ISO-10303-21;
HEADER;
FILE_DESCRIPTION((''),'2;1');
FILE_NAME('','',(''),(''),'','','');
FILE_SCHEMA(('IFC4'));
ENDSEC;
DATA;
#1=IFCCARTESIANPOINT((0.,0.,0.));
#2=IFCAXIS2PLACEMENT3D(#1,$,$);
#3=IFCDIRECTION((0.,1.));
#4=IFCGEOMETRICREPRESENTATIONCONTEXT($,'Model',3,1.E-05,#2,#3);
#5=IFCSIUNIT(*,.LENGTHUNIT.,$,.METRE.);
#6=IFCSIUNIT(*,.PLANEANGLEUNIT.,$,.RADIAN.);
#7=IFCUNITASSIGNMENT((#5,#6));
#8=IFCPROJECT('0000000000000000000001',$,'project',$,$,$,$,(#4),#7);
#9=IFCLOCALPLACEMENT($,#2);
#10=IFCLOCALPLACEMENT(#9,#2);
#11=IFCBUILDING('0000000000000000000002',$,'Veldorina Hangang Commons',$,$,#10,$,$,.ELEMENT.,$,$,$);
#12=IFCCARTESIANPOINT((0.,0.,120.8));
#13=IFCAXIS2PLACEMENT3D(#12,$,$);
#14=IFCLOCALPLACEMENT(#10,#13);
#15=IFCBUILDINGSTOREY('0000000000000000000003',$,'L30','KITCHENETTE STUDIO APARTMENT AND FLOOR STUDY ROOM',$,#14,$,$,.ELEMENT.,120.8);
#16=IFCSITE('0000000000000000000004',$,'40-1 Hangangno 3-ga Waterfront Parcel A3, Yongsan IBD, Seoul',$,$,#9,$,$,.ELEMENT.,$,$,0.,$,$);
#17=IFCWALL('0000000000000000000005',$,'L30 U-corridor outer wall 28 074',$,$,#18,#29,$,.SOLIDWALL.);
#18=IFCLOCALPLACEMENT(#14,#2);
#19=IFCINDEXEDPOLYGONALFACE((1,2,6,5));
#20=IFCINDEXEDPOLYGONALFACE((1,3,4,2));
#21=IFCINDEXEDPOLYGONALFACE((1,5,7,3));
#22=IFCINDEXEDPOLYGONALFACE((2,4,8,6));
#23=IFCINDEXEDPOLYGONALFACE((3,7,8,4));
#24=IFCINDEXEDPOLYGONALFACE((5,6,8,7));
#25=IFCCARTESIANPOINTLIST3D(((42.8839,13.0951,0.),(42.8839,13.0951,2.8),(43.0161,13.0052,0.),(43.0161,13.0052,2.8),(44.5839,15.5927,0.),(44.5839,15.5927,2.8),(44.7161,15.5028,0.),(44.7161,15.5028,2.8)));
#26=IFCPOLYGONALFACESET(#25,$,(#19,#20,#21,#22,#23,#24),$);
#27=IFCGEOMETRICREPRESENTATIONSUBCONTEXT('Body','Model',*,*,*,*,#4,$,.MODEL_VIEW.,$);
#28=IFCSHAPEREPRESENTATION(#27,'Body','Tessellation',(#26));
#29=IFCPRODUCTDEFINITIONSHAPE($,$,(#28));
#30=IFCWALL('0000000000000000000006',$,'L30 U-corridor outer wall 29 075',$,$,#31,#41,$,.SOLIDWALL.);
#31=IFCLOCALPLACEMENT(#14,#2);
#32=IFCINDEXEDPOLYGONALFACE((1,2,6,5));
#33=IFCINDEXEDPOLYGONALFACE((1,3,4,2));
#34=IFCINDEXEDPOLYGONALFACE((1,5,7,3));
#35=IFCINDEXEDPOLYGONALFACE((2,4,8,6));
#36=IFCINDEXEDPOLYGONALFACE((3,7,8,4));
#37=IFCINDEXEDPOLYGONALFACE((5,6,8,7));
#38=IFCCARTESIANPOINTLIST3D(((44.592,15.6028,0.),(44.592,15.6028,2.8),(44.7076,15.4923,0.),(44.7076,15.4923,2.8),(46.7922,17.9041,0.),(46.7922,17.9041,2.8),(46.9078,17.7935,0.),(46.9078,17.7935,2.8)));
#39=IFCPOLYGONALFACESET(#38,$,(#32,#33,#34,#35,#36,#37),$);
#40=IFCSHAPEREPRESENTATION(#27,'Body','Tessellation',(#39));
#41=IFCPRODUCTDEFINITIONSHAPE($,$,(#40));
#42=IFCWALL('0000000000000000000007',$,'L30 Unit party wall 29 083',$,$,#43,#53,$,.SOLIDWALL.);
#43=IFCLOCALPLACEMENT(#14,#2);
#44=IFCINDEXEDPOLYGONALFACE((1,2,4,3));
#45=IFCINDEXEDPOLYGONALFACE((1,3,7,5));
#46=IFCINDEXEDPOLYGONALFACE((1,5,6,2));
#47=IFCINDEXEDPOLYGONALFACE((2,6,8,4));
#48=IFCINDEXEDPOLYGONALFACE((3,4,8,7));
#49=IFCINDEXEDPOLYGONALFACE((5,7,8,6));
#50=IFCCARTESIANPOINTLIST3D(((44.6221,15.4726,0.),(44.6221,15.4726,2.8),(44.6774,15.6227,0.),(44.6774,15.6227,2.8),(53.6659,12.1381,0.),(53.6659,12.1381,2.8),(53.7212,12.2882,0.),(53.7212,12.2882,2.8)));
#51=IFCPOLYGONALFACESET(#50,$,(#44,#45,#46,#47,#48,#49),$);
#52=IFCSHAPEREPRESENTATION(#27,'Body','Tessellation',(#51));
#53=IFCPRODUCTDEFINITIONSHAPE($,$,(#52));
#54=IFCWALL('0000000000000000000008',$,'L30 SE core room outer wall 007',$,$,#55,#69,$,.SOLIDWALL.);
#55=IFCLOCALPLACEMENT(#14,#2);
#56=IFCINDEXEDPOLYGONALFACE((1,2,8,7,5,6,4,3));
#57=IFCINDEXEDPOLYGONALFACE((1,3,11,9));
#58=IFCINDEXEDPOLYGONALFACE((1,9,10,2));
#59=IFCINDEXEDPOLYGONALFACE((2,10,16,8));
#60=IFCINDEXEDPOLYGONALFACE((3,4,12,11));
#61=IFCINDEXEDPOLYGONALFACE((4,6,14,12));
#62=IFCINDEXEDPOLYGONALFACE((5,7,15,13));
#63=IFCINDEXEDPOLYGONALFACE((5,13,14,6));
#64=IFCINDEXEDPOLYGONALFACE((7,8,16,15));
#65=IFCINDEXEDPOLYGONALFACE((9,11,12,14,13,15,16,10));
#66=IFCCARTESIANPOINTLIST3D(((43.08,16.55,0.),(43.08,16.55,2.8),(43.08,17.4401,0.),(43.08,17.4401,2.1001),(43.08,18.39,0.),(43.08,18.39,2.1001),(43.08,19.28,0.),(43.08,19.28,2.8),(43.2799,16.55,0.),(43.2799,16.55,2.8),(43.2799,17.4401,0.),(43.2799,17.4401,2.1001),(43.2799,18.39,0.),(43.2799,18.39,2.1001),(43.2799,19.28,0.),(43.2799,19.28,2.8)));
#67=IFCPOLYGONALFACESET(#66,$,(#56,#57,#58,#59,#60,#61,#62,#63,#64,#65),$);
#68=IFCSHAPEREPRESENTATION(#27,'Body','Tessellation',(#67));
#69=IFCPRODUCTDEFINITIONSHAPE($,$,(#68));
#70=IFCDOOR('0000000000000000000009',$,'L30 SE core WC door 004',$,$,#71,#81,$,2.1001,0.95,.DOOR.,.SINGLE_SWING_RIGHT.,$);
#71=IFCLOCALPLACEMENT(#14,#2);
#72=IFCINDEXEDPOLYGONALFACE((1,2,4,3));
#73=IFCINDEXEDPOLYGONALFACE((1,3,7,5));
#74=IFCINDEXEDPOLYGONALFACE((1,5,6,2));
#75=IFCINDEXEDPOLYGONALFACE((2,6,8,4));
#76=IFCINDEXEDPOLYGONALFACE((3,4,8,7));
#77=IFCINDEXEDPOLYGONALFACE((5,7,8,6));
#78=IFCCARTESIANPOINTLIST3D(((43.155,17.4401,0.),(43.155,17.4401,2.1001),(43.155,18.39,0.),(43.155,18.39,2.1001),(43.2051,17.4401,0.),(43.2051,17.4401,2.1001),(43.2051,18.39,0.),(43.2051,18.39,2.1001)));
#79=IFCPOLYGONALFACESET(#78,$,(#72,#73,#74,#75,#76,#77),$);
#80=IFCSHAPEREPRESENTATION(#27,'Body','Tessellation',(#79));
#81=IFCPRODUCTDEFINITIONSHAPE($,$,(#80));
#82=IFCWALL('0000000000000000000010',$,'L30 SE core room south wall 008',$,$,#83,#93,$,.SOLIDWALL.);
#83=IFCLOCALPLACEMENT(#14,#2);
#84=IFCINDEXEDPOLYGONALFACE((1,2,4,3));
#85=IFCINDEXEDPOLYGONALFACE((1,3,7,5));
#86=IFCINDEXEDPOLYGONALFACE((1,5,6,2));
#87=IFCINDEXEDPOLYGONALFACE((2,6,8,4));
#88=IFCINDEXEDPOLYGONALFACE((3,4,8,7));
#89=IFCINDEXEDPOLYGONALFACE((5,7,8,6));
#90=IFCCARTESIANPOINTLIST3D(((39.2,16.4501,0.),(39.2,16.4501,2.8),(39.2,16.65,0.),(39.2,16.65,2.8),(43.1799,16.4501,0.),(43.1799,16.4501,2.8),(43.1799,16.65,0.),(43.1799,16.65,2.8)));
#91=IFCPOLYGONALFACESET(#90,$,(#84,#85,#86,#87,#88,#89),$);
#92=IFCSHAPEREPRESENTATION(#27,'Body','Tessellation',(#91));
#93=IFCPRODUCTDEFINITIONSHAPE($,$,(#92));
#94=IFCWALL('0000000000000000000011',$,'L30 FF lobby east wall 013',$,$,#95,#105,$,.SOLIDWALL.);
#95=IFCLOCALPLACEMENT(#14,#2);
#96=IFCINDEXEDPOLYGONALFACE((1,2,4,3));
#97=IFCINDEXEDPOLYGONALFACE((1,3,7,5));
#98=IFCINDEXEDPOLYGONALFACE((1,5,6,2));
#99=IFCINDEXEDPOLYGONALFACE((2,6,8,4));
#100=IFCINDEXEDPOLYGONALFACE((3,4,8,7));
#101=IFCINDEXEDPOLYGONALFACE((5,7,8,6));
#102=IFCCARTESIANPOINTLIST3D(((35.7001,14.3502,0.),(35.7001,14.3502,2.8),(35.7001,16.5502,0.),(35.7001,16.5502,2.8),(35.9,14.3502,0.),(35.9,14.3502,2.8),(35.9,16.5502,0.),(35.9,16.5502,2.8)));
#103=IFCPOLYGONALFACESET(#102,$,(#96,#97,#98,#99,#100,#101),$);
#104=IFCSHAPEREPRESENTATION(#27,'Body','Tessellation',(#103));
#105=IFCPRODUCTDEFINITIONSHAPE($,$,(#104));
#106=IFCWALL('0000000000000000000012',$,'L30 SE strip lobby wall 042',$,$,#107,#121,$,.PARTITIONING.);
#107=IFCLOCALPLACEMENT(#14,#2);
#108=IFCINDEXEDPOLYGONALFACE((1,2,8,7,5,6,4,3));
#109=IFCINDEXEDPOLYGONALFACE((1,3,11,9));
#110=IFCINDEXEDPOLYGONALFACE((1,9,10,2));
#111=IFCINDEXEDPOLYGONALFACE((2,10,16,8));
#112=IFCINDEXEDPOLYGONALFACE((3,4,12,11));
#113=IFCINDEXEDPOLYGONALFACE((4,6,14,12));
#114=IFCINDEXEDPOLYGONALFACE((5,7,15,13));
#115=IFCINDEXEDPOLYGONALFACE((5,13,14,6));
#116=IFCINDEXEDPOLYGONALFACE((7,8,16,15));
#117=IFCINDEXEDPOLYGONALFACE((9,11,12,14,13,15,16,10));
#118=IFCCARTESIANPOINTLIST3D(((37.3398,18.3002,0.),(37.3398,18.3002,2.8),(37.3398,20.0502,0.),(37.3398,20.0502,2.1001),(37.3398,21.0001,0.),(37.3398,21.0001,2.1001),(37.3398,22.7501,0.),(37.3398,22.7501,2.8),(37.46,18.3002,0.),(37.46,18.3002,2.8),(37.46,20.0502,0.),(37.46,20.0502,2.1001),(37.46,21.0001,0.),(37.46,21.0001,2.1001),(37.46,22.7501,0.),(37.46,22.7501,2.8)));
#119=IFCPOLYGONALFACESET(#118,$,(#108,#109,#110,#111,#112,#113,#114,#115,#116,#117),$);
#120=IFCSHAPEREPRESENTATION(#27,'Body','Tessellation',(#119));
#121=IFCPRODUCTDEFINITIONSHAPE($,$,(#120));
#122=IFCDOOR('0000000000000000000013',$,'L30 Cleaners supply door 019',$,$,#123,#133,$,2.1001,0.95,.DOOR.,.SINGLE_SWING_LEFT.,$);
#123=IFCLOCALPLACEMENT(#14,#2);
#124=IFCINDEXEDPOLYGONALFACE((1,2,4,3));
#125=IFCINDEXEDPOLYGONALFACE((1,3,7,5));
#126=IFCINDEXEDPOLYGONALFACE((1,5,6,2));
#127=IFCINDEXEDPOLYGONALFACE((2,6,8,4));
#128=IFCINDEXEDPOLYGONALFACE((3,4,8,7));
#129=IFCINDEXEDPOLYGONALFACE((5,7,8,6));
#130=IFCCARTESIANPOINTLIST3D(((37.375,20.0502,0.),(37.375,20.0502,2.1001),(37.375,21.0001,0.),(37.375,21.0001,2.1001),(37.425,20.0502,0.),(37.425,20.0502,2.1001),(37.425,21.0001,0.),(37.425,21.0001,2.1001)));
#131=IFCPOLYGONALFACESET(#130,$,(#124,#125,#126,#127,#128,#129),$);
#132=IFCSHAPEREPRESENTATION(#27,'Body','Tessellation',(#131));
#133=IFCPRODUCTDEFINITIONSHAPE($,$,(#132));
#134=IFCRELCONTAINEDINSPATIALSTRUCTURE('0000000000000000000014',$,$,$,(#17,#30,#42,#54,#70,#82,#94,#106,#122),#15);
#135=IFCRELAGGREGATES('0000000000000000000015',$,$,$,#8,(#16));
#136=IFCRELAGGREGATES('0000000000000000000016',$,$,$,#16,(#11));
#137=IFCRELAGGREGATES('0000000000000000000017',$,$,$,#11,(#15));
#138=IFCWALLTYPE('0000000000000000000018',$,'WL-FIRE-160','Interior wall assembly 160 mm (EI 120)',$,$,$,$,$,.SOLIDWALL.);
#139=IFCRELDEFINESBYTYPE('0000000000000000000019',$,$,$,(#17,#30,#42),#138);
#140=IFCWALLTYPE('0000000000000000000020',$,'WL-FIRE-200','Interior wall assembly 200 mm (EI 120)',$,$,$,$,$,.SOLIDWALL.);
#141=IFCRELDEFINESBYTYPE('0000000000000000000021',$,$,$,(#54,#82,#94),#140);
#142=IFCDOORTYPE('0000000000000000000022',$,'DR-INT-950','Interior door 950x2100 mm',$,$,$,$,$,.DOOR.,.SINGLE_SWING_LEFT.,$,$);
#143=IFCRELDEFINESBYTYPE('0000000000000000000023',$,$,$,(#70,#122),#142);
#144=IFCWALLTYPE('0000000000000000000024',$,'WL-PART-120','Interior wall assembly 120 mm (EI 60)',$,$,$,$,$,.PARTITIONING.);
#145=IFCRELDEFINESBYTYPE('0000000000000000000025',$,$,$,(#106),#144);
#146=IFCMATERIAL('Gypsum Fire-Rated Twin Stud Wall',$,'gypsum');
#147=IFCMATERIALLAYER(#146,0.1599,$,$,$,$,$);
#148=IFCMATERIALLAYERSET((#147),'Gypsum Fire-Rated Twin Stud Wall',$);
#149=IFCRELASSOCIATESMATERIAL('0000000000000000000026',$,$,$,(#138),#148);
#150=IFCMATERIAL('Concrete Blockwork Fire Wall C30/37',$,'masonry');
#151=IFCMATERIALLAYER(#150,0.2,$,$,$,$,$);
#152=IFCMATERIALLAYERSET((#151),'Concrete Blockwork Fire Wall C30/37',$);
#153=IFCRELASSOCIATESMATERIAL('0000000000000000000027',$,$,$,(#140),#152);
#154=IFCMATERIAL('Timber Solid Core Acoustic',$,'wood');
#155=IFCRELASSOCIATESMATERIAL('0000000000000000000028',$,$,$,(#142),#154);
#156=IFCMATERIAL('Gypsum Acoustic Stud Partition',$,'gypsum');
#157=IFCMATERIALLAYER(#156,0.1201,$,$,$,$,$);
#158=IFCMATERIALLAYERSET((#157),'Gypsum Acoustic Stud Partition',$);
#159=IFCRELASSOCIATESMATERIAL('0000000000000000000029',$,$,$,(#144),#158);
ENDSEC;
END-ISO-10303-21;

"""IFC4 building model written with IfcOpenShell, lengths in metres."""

from ifc_helpers import new_model, si_unit, direction, frame, frame_2d, origin, place, context, subcontext, project, spatial, rectangle, extrude, material, layer, layer_set, type_object, element, fill, save


model = new_model("IFC4")

# Units and contexts
model_context = context("Model", 3, precision=1e-05, world=origin(), true_north=direction((0.0, 1.0)))
body_context = subcontext(model_context, "Body", "Model", "MODEL_VIEW")
ifc_project = project(units=[si_unit("LENGTHUNIT", "METRE"), si_unit("PLANEANGLEUNIT", "RADIAN")], contexts=[model_context])

# Site, building, storey
site_placement = place(None, origin())
site = spatial("IfcSite", under=ifc_project, at=site_placement, Name="40-1 Hangangno 3-ga Waterfront Parcel A3, Yongsan IBD, Seoul", CompositionType="ELEMENT", RefElevation=0.0)
building_placement = place(site_placement, origin())
building = spatial("IfcBuilding", under=site, at=building_placement, Name="Veldorina Hangang Commons", CompositionType="ELEMENT")
storey_placement = place(building_placement, frame((0.0, 0.0, 120.8)))
storey = spatial("IfcBuildingStorey", under=building, at=storey_placement, Name="L30", Description="KITCHENETTE STUDIO APARTMENT AND FLOOR STUDY ROOM", CompositionType="ELEMENT", Elevation=120.8)

# Shared definitions
ifc_material_1 = material(Name="Gypsum Fire-Rated Twin Stud Wall", Category="gypsum")
ifc_layer_1 = layer(ifc_material_1, 0.1599)
ifc_layer_set_1 = layer_set([ifc_layer_1], Name="Gypsum Fire-Rated Twin Stud Wall")
wall_type_1 = type_object("IfcWallType", Name="WL-FIRE-160", Description="Interior wall assembly 160 mm (EI 120)", PredefinedType="SOLIDWALL", material=ifc_layer_set_1)

# Shared definitions
ifc_material_2 = material(Name="Timber Solid Core Acoustic", Category="wood")

# Walls
wall_1_placement = place(storey_placement, frame((42.95, 13.05, 0.0), z_axis=(0.0, 0.0, 1.0), x_axis=(0.562675, 0.826678, 0.0)))
element("IfcWall", 1, at=wall_1_placement, inside=storey, type_object=wall_type_1, Name="L30 U-corridor outer wall 28 074", PredefinedType="SOLIDWALL", context=body_context, shape_type="SweptSolid", body=[
    extrude(rectangle(XDim=3.0212, YDim=0.1599, at=frame_2d((1.5107, 0.0))), origin(), (0.0, 0.0, 1.0), 2.8),
])
wall_2_placement = place(storey_placement, frame((44.6499, 15.5476, 0.0), z_axis=(0.0, 0.0, 1.0), x_axis=(0.691055, 0.722802, 0.0)))
element("IfcWall", 2, at=wall_2_placement, inside=storey, type_object=wall_type_1, Name="L30 U-corridor outer wall 29 075", PredefinedType="SOLIDWALL", context=body_context, shape_type="SweptSolid", body=[
    extrude(rectangle(XDim=3.1838, YDim=0.1599, at=frame_2d((1.5918, 0.0))), origin(), (0.0, 0.0, 1.0), 2.8),
])
wall_3_placement = place(storey_placement, frame((44.6499, 15.5476, 0.0), z_axis=(0.0, 0.0, 1.0), x_axis=(0.938256, -0.345941, 0.0)))
element("IfcWall", 3, at=wall_3_placement, inside=storey, type_object=wall_type_1, Name="L30 Unit party wall 29 083", PredefinedType="SOLIDWALL", context=body_context, shape_type="SweptSolid", body=[
    extrude(rectangle(XDim=9.6389, YDim=0.1599, at=frame_2d((4.8193, 0.0))), origin(), (0.0, 0.0, 1.0), 2.8),
])

# Wall, opening, door
ifc_material_3 = material(Name="Concrete Blockwork Fire Wall C30/37", Category="masonry")
ifc_layer_2 = layer(ifc_material_3, 0.2)
ifc_layer_set_2 = layer_set([ifc_layer_2], Name="Concrete Blockwork Fire Wall C30/37")
wall_type_2 = type_object("IfcWallType", Name="WL-FIRE-200", Description="Interior wall assembly 200 mm (EI 120)", PredefinedType="SOLIDWALL", material=ifc_layer_set_2)
wall_4_placement = place(storey_placement, frame((43.1799, 16.55, 0.0), z_axis=(0.0, 0.0, 1.0), x_axis=(0.0, 1.0, 0.0)))
wall_4 = element("IfcWall", 4, at=wall_4_placement, inside=storey, type_object=wall_type_2, Name="L30 SE core room outer wall 007", PredefinedType="SOLIDWALL", context=body_context, shape_type="SweptSolid", body=[
    extrude(rectangle(XDim=2.73, YDim=0.2, at=frame_2d((1.365, 0.0))), origin(), (0.0, 0.0, 1.0), 2.8),
])
opening_1_placement = place(wall_4_placement, frame((0.8899, 0.0, 0.0)))
opening_1 = element("IfcOpeningElement", 5, at=opening_1_placement, cuts=wall_4, PredefinedType="OPENING", context=body_context, shape_type="SweptSolid", body=[
    extrude(rectangle(XDim=0.95, YDim=2.1001, at=frame_2d((0.4751, 1.05))), frame((0.0, 0.1099, 0.0), z_axis=(0.0, -1.0, 0.0), x_axis=(1.0, 0.0, 0.0)), (0.0, 0.0, 1.0), 0.22),
])
door_type_1 = type_object("IfcDoorType", Name="DR-INT-950", Description="Interior door 950x2100 mm", OperationType="SINGLE_SWING_LEFT", PredefinedType="DOOR", material=ifc_material_2)
door_1_placement = place(opening_1_placement, origin())
door_1 = element("IfcDoor", 6, at=door_1_placement, inside=storey, type_object=door_type_1, Name="L30 SE core WC door 004", OperationType="SINGLE_SWING_RIGHT", OverallHeight=2.1001, OverallWidth=0.95, PredefinedType="DOOR", context=body_context, shape_type="SweptSolid", body=[
    extrude(rectangle(XDim=0.95, YDim=2.1001, at=frame_2d((0.4751, 1.05))), frame((0.0, 0.0249, 0.0), z_axis=(0.0, -1.0, 0.0), x_axis=(1.0, 0.0, 0.0)), (0.0, 0.0, 1.0), 0.05),
])
fill(opening_1, door_1)

# Walls
wall_5_placement = place(storey_placement, frame((39.2, 16.55, 0.0), z_axis=(0.0, 0.0, 1.0), x_axis=(1.0, 0.0, 0.0)))
element("IfcWall", 7, at=wall_5_placement, inside=storey, type_object=wall_type_2, Name="L30 SE core room south wall 008", PredefinedType="SOLIDWALL", context=body_context, shape_type="SweptSolid", body=[
    extrude(rectangle(XDim=3.98, YDim=0.2, at=frame_2d((1.99, 0.0))), origin(), (0.0, 0.0, 1.0), 2.8),
])
wall_6_placement = place(storey_placement, frame((35.8, 14.3501, 0.0), z_axis=(0.0, 0.0, 1.0), x_axis=(0.0, 1.0, 0.0)))
element("IfcWall", 8, at=wall_6_placement, inside=storey, type_object=wall_type_2, Name="L30 FF lobby east wall 013", PredefinedType="SOLIDWALL", context=body_context, shape_type="SweptSolid", body=[
    extrude(rectangle(XDim=2.2, YDim=0.2, at=frame_2d((1.1001, 0.0))), origin(), (0.0, 0.0, 1.0), 2.8),
])

# Wall, opening, door
ifc_material_4 = material(Name="Gypsum Acoustic Stud Partition", Category="gypsum")
ifc_layer_3 = layer(ifc_material_4, 0.1201)
ifc_layer_set_3 = layer_set([ifc_layer_3], Name="Gypsum Acoustic Stud Partition")
wall_type_3 = type_object("IfcWallType", Name="WL-PART-120", Description="Interior wall assembly 120 mm (EI 60)", PredefinedType="PARTITIONING", material=ifc_layer_set_3)
wall_7_placement = place(storey_placement, frame((37.3999, 18.3, 0.0), z_axis=(0.0, 0.0, 1.0), x_axis=(0.0, 1.0, 0.0)))
wall_7 = element("IfcWall", 9, at=wall_7_placement, inside=storey, type_object=wall_type_3, Name="L30 SE strip lobby wall 042", PredefinedType="PARTITIONING", context=body_context, shape_type="SweptSolid", body=[
    extrude(rectangle(XDim=4.45, YDim=0.1201, at=frame_2d((2.2251, 0.0))), origin(), (0.0, 0.0, 1.0), 2.8),
])
opening_2_placement = place(wall_7_placement, frame((1.75, 0.0, 0.0)))
opening_2 = element("IfcOpeningElement", 10, at=opening_2_placement, cuts=wall_7, PredefinedType="OPENING", context=body_context, shape_type="SweptSolid", body=[
    extrude(rectangle(XDim=0.95, YDim=2.1001, at=frame_2d((0.4751, 1.05))), frame((0.0, 0.0701, 0.0), z_axis=(0.0, -1.0, 0.0), x_axis=(1.0, 0.0, 0.0)), (0.0, 0.0, 1.0), 0.1401),
])
door_2_placement = place(opening_2_placement, origin())
door_2 = element("IfcDoor", 11, at=door_2_placement, inside=storey, type_object=door_type_1, Name="L30 Cleaners supply door 019", OperationType="SINGLE_SWING_LEFT", OverallHeight=2.1001, OverallWidth=0.95, PredefinedType="DOOR", context=body_context, shape_type="SweptSolid", body=[
    extrude(rectangle(XDim=0.95, YDim=2.1001, at=frame_2d((0.4751, 1.05))), frame((0.0, 0.0249, 0.0), z_axis=(0.0, -1.0, 0.0), x_axis=(1.0, 0.0, 0.0)), (0.0, 0.0, 1.0), 0.05),
])
fill(opening_2, door_2)

save(model, "model.ifc")
